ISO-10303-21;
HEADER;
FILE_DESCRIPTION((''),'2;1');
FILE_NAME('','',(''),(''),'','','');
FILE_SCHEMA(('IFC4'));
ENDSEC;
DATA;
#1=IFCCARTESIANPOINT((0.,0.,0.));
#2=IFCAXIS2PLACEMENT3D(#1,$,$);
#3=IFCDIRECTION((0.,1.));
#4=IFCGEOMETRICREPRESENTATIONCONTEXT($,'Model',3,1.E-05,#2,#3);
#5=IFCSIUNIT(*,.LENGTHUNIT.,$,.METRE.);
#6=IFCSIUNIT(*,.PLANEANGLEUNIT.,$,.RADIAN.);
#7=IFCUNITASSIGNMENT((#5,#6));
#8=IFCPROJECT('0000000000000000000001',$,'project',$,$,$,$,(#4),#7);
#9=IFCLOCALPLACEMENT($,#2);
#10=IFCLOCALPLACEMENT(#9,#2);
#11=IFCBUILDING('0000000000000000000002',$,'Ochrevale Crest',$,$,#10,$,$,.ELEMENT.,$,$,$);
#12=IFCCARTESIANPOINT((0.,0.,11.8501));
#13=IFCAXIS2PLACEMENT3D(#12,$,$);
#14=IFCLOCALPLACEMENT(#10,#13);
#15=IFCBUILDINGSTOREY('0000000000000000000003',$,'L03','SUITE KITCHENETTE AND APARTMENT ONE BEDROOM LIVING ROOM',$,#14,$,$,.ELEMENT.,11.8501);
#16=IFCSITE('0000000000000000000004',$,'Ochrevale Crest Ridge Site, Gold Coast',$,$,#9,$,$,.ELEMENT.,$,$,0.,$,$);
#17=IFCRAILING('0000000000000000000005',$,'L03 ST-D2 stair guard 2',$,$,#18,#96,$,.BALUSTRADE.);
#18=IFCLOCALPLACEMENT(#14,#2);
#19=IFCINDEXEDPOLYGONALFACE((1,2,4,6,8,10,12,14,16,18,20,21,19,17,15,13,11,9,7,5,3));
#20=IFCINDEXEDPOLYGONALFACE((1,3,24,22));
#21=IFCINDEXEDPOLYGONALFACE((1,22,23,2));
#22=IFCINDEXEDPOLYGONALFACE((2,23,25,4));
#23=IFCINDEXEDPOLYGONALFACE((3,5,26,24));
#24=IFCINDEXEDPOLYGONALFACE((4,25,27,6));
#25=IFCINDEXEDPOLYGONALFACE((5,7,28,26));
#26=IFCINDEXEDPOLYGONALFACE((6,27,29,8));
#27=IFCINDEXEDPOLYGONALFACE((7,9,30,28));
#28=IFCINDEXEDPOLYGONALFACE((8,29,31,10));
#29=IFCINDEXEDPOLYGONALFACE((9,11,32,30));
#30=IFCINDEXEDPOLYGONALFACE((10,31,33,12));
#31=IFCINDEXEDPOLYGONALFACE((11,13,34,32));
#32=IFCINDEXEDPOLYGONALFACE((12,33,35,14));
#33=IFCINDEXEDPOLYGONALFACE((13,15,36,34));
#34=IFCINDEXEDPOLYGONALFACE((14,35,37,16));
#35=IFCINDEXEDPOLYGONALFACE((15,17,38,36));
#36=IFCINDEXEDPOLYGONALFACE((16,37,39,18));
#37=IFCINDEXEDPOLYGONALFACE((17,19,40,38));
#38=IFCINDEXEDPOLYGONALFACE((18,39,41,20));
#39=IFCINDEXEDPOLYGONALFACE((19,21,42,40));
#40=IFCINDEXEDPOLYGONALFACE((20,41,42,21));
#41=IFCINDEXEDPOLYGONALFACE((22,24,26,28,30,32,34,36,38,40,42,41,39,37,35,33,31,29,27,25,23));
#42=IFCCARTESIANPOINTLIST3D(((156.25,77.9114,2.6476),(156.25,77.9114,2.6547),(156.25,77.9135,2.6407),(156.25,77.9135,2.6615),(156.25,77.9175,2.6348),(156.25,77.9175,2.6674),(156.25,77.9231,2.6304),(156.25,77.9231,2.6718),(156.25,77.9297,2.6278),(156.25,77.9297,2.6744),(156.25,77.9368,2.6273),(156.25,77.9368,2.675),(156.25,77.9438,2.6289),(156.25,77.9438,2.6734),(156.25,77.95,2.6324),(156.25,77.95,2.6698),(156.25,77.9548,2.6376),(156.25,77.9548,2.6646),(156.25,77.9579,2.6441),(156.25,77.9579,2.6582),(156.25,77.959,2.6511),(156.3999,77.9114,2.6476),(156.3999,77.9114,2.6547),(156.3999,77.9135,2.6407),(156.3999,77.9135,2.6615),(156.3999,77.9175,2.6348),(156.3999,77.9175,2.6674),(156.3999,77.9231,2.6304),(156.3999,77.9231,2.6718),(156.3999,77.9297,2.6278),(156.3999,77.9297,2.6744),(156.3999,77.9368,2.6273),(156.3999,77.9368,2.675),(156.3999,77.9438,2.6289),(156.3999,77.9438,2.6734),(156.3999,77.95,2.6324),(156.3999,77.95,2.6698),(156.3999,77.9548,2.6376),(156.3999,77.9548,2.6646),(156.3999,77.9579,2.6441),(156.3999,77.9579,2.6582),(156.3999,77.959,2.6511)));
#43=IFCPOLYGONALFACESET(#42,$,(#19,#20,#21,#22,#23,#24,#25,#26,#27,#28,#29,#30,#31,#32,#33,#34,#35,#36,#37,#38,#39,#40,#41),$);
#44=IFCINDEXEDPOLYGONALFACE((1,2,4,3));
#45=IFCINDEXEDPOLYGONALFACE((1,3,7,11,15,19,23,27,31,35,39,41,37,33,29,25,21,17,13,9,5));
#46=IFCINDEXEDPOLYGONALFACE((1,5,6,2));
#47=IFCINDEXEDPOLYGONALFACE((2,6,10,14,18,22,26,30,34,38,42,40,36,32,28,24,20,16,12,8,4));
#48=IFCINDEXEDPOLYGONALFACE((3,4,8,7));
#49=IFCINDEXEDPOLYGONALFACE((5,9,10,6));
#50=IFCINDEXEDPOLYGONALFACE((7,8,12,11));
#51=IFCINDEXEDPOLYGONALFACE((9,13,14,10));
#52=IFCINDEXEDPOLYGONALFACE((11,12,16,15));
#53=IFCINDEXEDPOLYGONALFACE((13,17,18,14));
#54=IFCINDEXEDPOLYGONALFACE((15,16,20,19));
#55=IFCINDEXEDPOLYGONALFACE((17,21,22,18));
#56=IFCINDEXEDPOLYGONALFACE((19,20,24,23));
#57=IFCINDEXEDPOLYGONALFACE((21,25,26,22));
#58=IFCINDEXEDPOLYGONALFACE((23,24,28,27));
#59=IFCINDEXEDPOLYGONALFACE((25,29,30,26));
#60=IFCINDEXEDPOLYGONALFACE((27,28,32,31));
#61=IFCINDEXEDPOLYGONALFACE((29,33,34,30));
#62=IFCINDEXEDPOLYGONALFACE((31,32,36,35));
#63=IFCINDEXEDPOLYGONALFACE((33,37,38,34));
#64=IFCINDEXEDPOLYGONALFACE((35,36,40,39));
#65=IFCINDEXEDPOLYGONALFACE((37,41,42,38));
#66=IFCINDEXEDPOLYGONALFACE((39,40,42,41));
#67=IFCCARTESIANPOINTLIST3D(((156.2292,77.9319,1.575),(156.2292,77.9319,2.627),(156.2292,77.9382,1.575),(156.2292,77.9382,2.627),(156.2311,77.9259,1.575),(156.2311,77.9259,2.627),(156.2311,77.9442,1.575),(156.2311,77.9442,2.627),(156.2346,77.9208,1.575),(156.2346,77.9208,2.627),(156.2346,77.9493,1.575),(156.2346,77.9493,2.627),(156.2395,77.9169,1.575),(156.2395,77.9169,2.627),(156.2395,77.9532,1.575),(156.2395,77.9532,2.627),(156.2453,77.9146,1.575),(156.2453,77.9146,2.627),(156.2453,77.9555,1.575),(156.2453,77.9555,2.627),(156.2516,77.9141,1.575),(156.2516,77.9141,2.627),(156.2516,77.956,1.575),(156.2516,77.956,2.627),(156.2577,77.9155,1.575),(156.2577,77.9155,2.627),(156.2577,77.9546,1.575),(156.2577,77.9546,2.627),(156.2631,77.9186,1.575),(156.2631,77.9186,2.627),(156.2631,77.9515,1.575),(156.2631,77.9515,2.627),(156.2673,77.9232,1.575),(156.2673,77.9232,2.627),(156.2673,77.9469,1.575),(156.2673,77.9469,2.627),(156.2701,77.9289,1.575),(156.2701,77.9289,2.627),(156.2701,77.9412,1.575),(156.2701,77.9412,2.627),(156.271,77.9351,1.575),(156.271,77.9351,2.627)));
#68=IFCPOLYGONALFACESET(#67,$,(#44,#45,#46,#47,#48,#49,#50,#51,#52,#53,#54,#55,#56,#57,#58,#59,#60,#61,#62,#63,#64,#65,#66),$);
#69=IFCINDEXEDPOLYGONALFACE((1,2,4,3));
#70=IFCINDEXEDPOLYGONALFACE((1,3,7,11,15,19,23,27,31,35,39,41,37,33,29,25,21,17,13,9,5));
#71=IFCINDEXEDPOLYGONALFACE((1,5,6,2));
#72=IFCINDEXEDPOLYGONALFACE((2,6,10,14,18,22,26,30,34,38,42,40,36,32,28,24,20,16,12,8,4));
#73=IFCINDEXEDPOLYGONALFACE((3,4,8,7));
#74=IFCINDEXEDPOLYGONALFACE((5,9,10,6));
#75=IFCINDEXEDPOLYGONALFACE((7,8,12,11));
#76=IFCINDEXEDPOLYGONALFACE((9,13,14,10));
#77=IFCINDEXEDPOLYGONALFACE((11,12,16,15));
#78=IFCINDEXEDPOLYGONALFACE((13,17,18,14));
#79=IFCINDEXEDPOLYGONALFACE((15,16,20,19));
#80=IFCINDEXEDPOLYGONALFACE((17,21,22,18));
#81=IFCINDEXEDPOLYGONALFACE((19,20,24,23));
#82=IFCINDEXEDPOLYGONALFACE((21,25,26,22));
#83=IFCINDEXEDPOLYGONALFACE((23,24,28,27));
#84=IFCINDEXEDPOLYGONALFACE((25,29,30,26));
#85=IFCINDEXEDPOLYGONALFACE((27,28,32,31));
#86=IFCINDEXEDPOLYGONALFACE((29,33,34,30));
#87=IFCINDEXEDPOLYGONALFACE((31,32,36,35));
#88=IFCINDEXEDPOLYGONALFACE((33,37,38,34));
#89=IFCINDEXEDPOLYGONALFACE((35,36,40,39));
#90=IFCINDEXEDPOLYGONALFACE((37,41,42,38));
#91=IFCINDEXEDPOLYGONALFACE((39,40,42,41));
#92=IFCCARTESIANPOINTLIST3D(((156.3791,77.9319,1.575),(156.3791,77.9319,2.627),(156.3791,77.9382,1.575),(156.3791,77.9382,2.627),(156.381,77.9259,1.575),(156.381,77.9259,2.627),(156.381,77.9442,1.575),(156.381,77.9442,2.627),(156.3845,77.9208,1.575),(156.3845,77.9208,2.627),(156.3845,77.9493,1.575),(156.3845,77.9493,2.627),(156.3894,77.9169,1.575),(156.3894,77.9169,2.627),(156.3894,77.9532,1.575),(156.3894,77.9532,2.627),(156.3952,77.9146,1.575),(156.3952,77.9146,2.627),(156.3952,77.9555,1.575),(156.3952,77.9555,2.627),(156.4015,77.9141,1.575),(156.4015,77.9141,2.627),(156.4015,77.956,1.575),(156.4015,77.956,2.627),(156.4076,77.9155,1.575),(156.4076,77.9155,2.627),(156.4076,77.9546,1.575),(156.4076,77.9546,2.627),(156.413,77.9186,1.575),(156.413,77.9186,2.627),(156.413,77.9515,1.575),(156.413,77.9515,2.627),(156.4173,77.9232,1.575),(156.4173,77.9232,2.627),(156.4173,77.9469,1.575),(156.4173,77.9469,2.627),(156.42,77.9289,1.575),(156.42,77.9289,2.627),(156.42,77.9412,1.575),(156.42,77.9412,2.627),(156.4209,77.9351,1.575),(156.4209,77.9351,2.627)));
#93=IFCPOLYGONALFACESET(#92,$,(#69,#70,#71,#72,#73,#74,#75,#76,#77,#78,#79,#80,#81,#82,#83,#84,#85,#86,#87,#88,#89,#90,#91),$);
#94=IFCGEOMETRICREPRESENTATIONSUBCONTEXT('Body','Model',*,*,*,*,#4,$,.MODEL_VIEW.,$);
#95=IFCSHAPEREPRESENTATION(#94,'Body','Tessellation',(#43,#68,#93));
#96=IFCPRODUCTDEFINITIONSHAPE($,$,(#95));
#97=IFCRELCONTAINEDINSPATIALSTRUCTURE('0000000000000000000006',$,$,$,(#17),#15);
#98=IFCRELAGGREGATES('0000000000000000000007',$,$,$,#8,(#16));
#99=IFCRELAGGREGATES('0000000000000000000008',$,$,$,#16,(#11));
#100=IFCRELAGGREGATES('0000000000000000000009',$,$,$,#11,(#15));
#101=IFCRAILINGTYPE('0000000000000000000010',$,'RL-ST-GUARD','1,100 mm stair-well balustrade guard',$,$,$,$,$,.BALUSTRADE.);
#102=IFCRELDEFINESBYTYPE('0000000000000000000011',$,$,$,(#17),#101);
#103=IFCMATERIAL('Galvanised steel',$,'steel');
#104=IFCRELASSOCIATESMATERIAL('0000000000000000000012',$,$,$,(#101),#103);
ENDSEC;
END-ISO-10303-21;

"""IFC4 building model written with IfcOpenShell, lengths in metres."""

from ifc_helpers import new_model, si_unit, direction, frame, origin, origin_2d, place, context, subcontext, project, spatial, circle, extrude, material, type_object, element, save


model = new_model("IFC4")

# Units and contexts
model_context = context("Model", 3, precision=1e-05, world=origin(), true_north=direction((0.0, 1.0)))
body_context = subcontext(model_context, "Body", "Model", "MODEL_VIEW")
ifc_project = project(units=[si_unit("LENGTHUNIT", "METRE"), si_unit("PLANEANGLEUNIT", "RADIAN")], contexts=[model_context])

# Site, building, storey
site_placement = place(None, origin())
site = spatial("IfcSite", under=ifc_project, at=site_placement, Name="Ochrevale Crest Ridge Site, Gold Coast", CompositionType="ELEMENT", RefElevation=0.0)
building_placement = place(site_placement, origin())
building = spatial("IfcBuilding", under=site, at=building_placement, Name="Ochrevale Crest", CompositionType="ELEMENT")
storey_placement = place(building_placement, frame((0.0, 0.0, 11.8501)))
storey = spatial("IfcBuildingStorey", under=building, at=storey_placement, Name="L03", Description="SUITE KITCHENETTE AND APARTMENT ONE BEDROOM LIVING ROOM", CompositionType="ELEMENT", Elevation=11.8501)

# Railing
ifc_material_1 = material(Name="Galvanised steel", Category="steel")
railing_type_1 = type_object("IfcRailingType", Name="RL-ST-GUARD", Description="1,100 mm stair-well balustrade guard", PredefinedType="BALUSTRADE", material=ifc_material_1)
railing_1_placement = place(storey_placement, frame((156.25, 77.9351, 1.575)))
element("IfcRailing", 1, at=railing_1_placement, inside=storey, type_object=railing_type_1, Name="L03 ST-D2 stair guard 2", PredefinedType="BALUSTRADE", context=body_context, shape_type="SweptSolid", body=[
    extrude(circle(Radius=0.0239, at=origin_2d()), frame((0.0, 0.0, 1.0762), z_axis=(1.0, 0.0, 0.0), x_axis=(0.0, 1.0, 0.0)), (0.0, 0.0, 1.0), 0.1499),
    extrude(circle(Radius=0.021, at=origin_2d()), origin(), (0.0, 0.0, 1.0), 1.052),
    extrude(circle(Radius=0.021, at=origin_2d()), frame((0.1499, 0.0, 0.0)), (0.0, 0.0, 1.0), 1.052),
])

save(model, "model.ifc")
